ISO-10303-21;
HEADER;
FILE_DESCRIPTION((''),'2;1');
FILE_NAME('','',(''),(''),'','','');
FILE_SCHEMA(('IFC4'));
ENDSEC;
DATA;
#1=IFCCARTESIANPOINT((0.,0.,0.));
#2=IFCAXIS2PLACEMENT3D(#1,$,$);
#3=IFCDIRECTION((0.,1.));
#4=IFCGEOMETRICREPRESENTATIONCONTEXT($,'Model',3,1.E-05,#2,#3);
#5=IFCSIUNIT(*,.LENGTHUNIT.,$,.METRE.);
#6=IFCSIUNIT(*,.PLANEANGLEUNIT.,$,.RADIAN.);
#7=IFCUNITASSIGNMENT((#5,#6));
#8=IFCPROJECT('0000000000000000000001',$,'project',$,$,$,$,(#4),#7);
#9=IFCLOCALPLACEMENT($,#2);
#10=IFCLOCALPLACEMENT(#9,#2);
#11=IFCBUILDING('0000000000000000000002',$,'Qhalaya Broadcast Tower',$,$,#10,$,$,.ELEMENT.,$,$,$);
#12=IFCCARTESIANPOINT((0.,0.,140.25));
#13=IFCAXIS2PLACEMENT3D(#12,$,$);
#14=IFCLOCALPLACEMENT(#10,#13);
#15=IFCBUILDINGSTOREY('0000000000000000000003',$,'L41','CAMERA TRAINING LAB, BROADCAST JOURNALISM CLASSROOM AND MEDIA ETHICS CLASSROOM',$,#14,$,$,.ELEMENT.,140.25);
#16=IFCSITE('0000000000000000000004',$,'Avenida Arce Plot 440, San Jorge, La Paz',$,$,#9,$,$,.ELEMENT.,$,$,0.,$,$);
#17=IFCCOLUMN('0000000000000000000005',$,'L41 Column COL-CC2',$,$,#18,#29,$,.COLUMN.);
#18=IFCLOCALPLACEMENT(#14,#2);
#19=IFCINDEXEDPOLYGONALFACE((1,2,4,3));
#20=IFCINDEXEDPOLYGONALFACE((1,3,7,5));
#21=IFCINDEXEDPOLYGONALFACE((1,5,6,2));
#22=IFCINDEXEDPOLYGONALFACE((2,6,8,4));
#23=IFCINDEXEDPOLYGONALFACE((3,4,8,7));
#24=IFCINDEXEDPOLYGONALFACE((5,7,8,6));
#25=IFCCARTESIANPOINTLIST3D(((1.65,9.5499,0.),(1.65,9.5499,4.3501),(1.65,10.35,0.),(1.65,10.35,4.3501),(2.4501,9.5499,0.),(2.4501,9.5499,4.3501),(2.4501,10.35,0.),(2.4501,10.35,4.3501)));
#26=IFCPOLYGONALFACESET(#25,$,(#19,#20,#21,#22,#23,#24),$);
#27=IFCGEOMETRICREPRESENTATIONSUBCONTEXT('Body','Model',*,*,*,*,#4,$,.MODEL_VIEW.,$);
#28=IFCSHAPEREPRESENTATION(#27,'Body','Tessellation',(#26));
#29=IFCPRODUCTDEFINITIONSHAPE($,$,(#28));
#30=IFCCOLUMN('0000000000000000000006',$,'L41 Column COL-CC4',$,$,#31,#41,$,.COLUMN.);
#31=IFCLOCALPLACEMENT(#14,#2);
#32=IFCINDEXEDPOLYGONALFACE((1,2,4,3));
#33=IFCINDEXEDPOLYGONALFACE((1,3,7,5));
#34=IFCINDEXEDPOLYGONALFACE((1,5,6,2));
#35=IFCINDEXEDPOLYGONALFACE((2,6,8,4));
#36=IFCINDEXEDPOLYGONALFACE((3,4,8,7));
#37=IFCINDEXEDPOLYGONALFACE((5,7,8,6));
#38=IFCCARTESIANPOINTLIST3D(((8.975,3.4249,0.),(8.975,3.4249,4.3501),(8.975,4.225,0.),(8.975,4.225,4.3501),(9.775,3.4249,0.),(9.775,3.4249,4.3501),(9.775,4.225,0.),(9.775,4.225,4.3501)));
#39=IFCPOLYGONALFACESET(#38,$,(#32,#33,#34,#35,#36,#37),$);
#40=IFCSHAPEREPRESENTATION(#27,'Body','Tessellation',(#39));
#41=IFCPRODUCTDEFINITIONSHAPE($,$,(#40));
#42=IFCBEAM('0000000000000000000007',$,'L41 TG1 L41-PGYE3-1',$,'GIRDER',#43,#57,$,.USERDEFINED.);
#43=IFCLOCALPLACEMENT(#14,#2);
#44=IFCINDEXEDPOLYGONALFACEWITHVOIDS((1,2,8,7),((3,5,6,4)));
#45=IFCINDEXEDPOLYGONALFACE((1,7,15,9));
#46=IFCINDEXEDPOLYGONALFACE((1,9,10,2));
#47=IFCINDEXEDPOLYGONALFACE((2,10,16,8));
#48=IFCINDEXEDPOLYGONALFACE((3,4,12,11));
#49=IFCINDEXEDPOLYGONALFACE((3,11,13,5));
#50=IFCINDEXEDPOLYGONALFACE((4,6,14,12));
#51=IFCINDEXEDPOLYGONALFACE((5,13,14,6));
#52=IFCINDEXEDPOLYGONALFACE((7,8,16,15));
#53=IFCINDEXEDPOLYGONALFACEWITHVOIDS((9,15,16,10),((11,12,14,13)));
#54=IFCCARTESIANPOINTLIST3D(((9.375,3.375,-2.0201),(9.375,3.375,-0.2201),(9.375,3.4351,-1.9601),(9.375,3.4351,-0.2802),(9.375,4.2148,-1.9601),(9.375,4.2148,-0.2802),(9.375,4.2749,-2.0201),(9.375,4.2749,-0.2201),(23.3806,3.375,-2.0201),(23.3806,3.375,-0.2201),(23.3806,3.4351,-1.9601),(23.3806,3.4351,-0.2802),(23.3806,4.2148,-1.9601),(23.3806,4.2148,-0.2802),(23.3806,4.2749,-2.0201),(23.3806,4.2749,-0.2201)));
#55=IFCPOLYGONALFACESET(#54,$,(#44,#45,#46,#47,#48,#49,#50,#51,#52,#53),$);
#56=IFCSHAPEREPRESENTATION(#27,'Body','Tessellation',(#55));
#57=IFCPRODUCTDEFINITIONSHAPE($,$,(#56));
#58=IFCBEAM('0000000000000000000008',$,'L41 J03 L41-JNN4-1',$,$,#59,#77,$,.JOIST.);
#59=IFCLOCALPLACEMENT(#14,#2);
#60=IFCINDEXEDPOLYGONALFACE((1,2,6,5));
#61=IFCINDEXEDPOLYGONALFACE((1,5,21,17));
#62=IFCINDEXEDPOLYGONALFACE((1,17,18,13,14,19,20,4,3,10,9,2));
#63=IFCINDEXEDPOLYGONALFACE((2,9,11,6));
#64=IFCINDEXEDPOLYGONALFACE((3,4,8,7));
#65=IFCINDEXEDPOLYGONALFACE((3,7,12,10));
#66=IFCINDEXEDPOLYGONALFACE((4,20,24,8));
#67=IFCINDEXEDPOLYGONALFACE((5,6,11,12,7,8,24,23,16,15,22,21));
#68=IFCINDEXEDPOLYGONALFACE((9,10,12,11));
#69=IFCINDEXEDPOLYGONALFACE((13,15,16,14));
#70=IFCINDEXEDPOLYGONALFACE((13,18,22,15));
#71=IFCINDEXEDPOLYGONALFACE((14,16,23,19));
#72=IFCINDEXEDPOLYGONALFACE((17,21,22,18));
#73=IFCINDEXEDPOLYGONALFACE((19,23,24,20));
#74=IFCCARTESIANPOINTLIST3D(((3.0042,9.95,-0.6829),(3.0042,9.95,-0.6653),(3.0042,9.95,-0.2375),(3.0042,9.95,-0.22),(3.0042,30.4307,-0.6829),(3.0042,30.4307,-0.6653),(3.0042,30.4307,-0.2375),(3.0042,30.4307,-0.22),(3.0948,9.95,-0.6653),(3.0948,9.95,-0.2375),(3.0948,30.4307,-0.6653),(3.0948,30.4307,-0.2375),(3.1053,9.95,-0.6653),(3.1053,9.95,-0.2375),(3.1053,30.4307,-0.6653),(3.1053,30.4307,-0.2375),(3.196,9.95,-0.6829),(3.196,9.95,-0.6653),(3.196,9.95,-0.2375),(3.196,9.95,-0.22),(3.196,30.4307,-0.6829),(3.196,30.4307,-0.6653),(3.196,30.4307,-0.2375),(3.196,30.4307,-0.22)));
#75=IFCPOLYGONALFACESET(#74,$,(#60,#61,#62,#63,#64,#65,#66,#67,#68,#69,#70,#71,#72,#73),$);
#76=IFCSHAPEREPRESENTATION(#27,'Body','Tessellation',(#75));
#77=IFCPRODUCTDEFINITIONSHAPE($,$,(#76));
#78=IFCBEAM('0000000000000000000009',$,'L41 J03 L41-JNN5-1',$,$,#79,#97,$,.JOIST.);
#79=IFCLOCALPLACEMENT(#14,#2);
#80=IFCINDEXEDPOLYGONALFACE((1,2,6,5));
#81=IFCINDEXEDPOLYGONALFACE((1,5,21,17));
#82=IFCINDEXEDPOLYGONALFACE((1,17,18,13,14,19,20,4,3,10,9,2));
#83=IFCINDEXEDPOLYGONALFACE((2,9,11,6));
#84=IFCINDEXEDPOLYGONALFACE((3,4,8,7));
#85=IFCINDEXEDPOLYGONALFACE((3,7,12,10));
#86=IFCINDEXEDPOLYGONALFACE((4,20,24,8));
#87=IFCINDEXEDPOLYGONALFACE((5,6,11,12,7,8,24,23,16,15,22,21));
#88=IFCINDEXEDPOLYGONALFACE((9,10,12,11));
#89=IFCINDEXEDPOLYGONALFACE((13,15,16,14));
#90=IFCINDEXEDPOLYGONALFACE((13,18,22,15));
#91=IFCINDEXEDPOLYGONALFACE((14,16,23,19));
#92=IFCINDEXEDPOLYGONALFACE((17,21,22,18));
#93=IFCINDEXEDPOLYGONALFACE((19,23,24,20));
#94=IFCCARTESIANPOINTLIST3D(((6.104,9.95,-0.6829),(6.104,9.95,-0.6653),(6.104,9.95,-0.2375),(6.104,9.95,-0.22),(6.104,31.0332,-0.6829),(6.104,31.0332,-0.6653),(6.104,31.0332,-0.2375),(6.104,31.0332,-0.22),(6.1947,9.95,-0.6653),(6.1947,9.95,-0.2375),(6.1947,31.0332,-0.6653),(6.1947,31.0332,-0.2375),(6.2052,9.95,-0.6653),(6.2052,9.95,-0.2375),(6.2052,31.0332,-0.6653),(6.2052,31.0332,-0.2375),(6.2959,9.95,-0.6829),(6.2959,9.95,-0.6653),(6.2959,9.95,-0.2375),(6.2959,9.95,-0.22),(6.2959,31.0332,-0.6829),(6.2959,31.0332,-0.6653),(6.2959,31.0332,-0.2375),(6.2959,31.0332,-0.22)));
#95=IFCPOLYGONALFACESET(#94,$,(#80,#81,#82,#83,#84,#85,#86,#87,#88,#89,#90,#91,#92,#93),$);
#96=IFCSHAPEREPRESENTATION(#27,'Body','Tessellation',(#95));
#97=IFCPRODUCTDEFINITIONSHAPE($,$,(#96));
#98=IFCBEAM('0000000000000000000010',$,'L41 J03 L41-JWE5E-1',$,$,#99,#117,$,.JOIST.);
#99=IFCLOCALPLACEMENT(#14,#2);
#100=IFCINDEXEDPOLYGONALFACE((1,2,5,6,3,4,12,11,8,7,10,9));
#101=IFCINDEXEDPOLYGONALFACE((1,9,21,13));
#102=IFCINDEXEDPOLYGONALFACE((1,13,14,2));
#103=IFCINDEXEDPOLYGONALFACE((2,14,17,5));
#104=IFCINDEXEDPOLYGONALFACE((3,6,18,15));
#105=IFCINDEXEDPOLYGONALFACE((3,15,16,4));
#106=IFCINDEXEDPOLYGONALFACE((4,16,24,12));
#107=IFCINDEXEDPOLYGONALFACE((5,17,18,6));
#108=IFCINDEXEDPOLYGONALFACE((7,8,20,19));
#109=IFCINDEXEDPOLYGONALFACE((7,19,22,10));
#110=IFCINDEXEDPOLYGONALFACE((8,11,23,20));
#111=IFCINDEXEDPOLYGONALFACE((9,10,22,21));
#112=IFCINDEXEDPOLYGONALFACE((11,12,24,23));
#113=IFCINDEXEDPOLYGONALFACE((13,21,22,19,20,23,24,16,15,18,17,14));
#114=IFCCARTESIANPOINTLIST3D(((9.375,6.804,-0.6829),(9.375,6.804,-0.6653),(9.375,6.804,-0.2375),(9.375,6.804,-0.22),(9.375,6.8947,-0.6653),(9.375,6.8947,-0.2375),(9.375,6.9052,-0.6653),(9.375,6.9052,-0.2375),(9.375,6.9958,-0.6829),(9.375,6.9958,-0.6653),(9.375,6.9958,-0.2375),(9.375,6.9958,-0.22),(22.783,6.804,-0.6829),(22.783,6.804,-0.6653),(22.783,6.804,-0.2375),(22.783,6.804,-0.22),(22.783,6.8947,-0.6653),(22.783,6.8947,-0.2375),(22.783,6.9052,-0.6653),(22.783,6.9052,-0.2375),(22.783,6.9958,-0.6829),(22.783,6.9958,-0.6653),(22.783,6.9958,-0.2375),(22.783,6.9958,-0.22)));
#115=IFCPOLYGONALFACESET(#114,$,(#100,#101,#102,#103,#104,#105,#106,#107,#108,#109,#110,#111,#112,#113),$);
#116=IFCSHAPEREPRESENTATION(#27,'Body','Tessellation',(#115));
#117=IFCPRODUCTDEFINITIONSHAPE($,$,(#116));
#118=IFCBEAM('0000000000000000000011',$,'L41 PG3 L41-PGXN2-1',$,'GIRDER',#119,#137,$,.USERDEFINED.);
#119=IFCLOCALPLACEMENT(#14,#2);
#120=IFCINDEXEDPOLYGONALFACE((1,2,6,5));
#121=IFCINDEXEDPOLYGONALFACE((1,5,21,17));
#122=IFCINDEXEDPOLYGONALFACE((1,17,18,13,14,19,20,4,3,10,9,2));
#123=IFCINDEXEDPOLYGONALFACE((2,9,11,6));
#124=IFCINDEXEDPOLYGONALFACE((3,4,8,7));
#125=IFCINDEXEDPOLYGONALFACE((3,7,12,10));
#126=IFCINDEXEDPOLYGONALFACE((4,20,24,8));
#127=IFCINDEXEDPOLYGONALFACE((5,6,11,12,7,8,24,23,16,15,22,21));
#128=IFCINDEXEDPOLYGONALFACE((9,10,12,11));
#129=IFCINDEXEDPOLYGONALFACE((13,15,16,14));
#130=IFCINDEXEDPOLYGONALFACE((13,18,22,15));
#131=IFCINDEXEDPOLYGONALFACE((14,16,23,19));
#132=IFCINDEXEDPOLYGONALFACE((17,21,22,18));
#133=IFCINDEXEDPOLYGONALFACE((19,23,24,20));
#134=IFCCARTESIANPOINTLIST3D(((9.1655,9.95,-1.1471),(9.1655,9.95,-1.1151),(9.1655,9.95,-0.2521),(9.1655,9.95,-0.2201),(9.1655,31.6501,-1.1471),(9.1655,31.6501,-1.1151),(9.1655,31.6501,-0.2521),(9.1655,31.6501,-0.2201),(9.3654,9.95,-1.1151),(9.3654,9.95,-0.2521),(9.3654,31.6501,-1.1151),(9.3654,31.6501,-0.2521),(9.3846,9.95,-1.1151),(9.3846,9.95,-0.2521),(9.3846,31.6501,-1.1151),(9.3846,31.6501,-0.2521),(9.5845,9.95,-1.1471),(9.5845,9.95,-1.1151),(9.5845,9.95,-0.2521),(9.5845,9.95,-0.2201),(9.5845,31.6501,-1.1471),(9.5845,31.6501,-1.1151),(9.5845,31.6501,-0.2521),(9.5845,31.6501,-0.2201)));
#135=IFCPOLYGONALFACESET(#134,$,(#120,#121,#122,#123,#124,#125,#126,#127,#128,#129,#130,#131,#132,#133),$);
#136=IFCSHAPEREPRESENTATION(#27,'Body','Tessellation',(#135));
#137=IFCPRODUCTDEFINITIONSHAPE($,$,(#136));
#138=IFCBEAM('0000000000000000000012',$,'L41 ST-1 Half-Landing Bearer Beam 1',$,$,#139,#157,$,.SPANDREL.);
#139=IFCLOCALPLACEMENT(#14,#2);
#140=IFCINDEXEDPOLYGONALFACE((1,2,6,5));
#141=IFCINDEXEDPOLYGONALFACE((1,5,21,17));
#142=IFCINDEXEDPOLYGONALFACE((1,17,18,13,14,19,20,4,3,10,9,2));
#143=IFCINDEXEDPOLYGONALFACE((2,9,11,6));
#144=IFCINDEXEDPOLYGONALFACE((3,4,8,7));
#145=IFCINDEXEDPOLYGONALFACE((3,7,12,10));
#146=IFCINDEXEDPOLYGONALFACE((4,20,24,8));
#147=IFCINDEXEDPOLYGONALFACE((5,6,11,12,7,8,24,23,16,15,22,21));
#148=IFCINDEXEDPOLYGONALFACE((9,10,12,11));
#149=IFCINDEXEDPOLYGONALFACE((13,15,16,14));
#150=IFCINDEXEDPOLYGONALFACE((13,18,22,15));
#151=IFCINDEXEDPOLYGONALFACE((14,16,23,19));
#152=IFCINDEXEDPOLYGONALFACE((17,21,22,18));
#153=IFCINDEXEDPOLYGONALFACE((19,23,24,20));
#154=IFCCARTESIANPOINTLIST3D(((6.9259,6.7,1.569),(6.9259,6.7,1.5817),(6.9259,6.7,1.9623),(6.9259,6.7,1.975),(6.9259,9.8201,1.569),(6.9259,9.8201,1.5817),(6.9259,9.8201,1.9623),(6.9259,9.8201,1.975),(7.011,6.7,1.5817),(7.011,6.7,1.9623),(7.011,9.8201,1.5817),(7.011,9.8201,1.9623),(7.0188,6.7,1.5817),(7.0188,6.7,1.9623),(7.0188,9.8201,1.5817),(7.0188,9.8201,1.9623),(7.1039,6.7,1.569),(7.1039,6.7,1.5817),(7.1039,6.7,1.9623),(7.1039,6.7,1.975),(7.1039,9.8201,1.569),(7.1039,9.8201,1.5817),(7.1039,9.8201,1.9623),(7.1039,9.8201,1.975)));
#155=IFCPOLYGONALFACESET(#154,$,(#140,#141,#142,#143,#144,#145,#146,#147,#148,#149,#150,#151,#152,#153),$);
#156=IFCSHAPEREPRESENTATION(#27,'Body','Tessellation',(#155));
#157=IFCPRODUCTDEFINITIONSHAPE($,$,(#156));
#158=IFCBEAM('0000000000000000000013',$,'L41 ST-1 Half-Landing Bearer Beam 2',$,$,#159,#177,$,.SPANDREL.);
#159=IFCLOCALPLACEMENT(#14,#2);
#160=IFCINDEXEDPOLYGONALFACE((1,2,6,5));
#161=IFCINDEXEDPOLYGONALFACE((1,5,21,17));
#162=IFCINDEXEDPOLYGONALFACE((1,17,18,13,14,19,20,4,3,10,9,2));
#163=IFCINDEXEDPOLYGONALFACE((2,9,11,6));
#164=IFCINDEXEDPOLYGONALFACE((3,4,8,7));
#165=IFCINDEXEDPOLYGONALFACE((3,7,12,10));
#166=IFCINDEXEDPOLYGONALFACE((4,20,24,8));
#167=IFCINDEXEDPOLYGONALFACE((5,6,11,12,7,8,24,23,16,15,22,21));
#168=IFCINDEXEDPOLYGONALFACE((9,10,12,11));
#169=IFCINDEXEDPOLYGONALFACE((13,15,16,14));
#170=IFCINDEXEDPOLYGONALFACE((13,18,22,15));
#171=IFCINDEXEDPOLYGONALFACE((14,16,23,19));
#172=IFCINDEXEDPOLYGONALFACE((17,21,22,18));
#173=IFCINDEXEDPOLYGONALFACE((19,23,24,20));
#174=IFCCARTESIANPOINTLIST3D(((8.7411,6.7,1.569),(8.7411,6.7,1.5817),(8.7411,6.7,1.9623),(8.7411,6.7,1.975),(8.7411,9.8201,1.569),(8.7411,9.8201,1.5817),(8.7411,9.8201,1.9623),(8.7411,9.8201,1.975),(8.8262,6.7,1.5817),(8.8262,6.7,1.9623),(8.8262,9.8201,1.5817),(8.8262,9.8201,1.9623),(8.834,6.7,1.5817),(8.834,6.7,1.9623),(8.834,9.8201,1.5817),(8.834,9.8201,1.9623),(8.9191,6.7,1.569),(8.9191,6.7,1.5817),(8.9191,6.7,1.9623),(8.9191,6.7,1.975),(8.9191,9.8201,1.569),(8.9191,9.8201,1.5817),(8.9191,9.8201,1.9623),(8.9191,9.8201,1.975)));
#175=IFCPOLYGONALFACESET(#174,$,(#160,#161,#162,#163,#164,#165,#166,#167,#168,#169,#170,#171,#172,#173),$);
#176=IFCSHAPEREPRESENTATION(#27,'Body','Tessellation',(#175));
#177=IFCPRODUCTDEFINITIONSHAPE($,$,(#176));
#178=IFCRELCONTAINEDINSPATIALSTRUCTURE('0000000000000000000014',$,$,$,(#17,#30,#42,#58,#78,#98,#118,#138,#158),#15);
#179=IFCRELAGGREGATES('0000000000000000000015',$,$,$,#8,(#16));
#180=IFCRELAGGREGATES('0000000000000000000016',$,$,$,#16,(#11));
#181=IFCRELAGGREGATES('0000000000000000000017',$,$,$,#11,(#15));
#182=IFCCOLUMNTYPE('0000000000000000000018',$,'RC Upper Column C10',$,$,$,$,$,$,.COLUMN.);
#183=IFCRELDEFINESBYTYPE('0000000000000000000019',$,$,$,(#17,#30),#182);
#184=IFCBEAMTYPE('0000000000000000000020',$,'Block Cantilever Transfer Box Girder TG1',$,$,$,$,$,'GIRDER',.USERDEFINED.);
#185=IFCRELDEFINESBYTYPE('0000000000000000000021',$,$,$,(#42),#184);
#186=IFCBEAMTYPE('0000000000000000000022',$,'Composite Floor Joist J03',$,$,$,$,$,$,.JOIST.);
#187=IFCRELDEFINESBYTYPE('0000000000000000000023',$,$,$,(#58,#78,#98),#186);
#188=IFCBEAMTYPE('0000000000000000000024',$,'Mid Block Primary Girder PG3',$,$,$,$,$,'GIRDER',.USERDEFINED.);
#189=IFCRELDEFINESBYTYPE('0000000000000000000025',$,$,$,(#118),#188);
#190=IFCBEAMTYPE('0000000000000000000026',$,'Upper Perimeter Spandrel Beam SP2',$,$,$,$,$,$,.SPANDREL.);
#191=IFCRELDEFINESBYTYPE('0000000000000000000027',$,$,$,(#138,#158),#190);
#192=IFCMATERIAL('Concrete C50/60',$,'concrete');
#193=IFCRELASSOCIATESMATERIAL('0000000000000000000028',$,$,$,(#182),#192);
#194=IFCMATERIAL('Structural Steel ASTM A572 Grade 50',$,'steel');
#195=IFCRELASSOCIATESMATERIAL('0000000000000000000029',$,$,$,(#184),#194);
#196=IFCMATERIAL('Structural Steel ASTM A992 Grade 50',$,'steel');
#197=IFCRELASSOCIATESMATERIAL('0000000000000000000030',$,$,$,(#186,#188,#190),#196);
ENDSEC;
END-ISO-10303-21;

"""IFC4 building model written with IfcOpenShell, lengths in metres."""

from ifc_helpers import new_model, si_unit, direction, frame, origin, origin_2d, place, context, subcontext, project, spatial, rectangle, hollow_rectangle, i_section, extrude, material, material_profile, profile_set, type_object, element, save


model = new_model("IFC4")

# Units and contexts
model_context = context("Model", 3, precision=1e-05, world=origin(), true_north=direction((0.0, 1.0)))
body_context = subcontext(model_context, "Body", "Model", "MODEL_VIEW")
ifc_project = project(units=[si_unit("LENGTHUNIT", "METRE"), si_unit("PLANEANGLEUNIT", "RADIAN")], contexts=[model_context])

# Site, building, storey
site_placement = place(None, origin())
site = spatial("IfcSite", under=ifc_project, at=site_placement, Name="Avenida Arce Plot 440, San Jorge, La Paz", CompositionType="ELEMENT", RefElevation=0.0)
building_placement = place(site_placement, origin())
building = spatial("IfcBuilding", under=site, at=building_placement, Name="Qhalaya Broadcast Tower", CompositionType="ELEMENT")
storey_placement = place(building_placement, frame((0.0, 0.0, 140.25)))
storey = spatial("IfcBuildingStorey", under=building, at=storey_placement, Name="L41", Description="CAMERA TRAINING LAB, BROADCAST JOURNALISM CLASSROOM AND MEDIA ETHICS CLASSROOM", CompositionType="ELEMENT", Elevation=140.25)

# Columns
ifc_material_1 = material(Name="Concrete C50/60", Category="concrete")
ifc_material_profile_1 = material_profile(ifc_material_1, rectangle(XDim=0.8, YDim=0.8, at=origin_2d()), Name="RC-COL 800x800")
ifc_profile_set_1 = profile_set([ifc_material_profile_1], Name="Concrete C50/60")
column_type = type_object("IfcColumnType", Name="RC Upper Column C10", PredefinedType="COLUMN", material=ifc_profile_set_1)
for number, where, z_axis, x_axis, name in (
    (1, (2.05, 9.95, 0.0), (0.0, 0.0, 1.0), (1.0, 0.0, 0.0), "L41 Column COL-CC2"),
    (2, (9.375, 3.825, 0.0), (0.0, 0.0, 1.0), (1.0, 0.0, 0.0), "L41 Column COL-CC4"),
):
    element("IfcColumn", number, at=place(storey_placement, frame(where, z_axis=z_axis, x_axis=x_axis)), inside=storey, type_object=column_type, Name=name, PredefinedType="COLUMN", context=body_context, shape_type="SweptSolid", body=[
        extrude(rectangle(XDim=0.8, YDim=0.8, at=origin_2d()), origin(), (0.0, 0.0, 1.0), 4.3501),
    ])

# Beams
ifc_material_2 = material(Name="Structural Steel ASTM A572 Grade 50", Category="steel")
ifc_material_profile_2 = material_profile(ifc_material_2, hollow_rectangle(XDim=0.8999, YDim=1.8, WallThickness=0.0601, at=origin_2d()), Name="BOX 900x1800x60")
ifc_profile_set_2 = profile_set([ifc_material_profile_2], Name="Structural Steel ASTM A572 Grade 50")
beam_type_1 = type_object("IfcBeamType", Name="Block Cantilever Transfer Box Girder TG1", ElementType="GIRDER", PredefinedType="USERDEFINED", material=ifc_profile_set_2)
beam_1_placement = place(storey_placement, frame((9.375, 3.825, -1.1201), z_axis=(1.0, 0.0, 0.0), x_axis=(0.0, 1.0, 0.0)))
element("IfcBeam", 3, at=beam_1_placement, inside=storey, type_object=beam_type_1, Name="L41 TG1 L41-PGYE3-1", ObjectType="GIRDER", PredefinedType="USERDEFINED", context=body_context, shape_type="SweptSolid", body=[
    extrude(hollow_rectangle(XDim=0.8999, YDim=1.8, WallThickness=0.0601, at=origin_2d()), origin(), (0.0, 0.0, 1.0), 14.0056),
])
ifc_material_3 = material(Name="Structural Steel ASTM A992 Grade 50", Category="steel")
ifc_material_profile_3 = material_profile(ifc_material_3, i_section(OverallWidth=0.1919, OverallDepth=0.4629, WebThickness=0.0105, FlangeThickness=0.0176, at=origin_2d()), Name="W18X60")
ifc_profile_set_3 = profile_set([ifc_material_profile_3], Name="Structural Steel ASTM A992 Grade 50")
beam_type_2 = type_object("IfcBeamType", Name="Composite Floor Joist J03", PredefinedType="JOIST", material=ifc_profile_set_3)
beam_2_placement = place(storey_placement, frame((3.1001, 9.95, -0.4514), z_axis=(0.0, 1.0, 0.0), x_axis=(-1.0, 0.0, 0.0)))
element("IfcBeam", 4, at=beam_2_placement, inside=storey, type_object=beam_type_2, Name="L41 J03 L41-JNN4-1", PredefinedType="JOIST", context=body_context, shape_type="SweptSolid", body=[
    extrude(i_section(OverallWidth=0.1919, OverallDepth=0.4629, WebThickness=0.0105, FlangeThickness=0.0176, at=origin_2d()), origin(), (0.0, 0.0, 1.0), 20.4807),
])
beam_3_placement = place(storey_placement, frame((6.2, 9.95, -0.4514), z_axis=(0.0, 1.0, 0.0), x_axis=(-1.0, 0.0, 0.0)))
element("IfcBeam", 5, at=beam_3_placement, inside=storey, type_object=beam_type_2, Name="L41 J03 L41-JNN5-1", PredefinedType="JOIST", context=body_context, shape_type="SweptSolid", body=[
    extrude(i_section(OverallWidth=0.1919, OverallDepth=0.4629, WebThickness=0.0105, FlangeThickness=0.0176, at=origin_2d()), origin(), (0.0, 0.0, 1.0), 21.0833),
])
beam_4_placement = place(storey_placement, frame((9.375, 6.8999, -0.4514), z_axis=(1.0, 0.0, 0.0), x_axis=(0.0, 1.0, 0.0)))
element("IfcBeam", 6, at=beam_4_placement, inside=storey, type_object=beam_type_2, Name="L41 J03 L41-JWE5E-1", PredefinedType="JOIST", context=body_context, shape_type="SweptSolid", body=[
    extrude(i_section(OverallWidth=0.1919, OverallDepth=0.4629, WebThickness=0.0105, FlangeThickness=0.0176, at=origin_2d()), origin(), (0.0, 0.0, 1.0), 13.408),
])
ifc_material_profile_4 = material_profile(ifc_material_3, i_section(OverallWidth=0.4189, OverallDepth=0.927, WebThickness=0.0193, FlangeThickness=0.032, at=origin_2d()), Name="W36X231")
ifc_profile_set_4 = profile_set([ifc_material_profile_4], Name="Structural Steel ASTM A992 Grade 50")
beam_type_3 = type_object("IfcBeamType", Name="Mid Block Primary Girder PG3", ElementType="GIRDER", PredefinedType="USERDEFINED", material=ifc_profile_set_4)
beam_5_placement = place(storey_placement, frame((9.375, 9.95, -0.6836), z_axis=(0.0, 1.0, 0.0), x_axis=(-1.0, 0.0, 0.0)))
element("IfcBeam", 7, at=beam_5_placement, inside=storey, type_object=beam_type_3, Name="L41 PG3 L41-PGXN2-1", ObjectType="GIRDER", PredefinedType="USERDEFINED", context=body_context, shape_type="SweptSolid", body=[
    extrude(i_section(OverallWidth=0.4189, OverallDepth=0.927, WebThickness=0.0193, FlangeThickness=0.032, at=origin_2d()), origin(), (0.0, 0.0, 1.0), 21.7002),
])
ifc_material_profile_5 = material_profile(ifc_material_3, i_section(OverallWidth=0.178, OverallDepth=0.406, WebThickness=0.0078, FlangeThickness=0.0127, at=origin_2d()), Name="W16X40")
ifc_profile_set_5 = profile_set([ifc_material_profile_5], Name="Structural Steel ASTM A992 Grade 50")
beam_type_4 = type_object("IfcBeamType", Name="Upper Perimeter Spandrel Beam SP2", PredefinedType="SPANDREL", material=ifc_profile_set_5)
for number, where, z_axis, x_axis, name in (
    (8, (7.0149, 6.7, 1.772), (0.0, 1.0, 0.0), (-1.0, 0.0, 0.0), "L41 ST-1 Half-Landing Bearer Beam 1"),
    (9, (8.8301, 6.7, 1.772), (0.0, 1.0, 0.0), (-1.0, 0.0, 0.0), "L41 ST-1 Half-Landing Bearer Beam 2"),
):
    element("IfcBeam", number, at=place(storey_placement, frame(where, z_axis=z_axis, x_axis=x_axis)), inside=storey, type_object=beam_type_4, Name=name, PredefinedType="SPANDREL", context=body_context, shape_type="SweptSolid", body=[
        extrude(i_section(OverallWidth=0.178, OverallDepth=0.406, WebThickness=0.0078, FlangeThickness=0.0127, at=origin_2d()), origin(), (0.0, 0.0, 1.0), 3.1201),
    ])

save(model, "model.ifc")
